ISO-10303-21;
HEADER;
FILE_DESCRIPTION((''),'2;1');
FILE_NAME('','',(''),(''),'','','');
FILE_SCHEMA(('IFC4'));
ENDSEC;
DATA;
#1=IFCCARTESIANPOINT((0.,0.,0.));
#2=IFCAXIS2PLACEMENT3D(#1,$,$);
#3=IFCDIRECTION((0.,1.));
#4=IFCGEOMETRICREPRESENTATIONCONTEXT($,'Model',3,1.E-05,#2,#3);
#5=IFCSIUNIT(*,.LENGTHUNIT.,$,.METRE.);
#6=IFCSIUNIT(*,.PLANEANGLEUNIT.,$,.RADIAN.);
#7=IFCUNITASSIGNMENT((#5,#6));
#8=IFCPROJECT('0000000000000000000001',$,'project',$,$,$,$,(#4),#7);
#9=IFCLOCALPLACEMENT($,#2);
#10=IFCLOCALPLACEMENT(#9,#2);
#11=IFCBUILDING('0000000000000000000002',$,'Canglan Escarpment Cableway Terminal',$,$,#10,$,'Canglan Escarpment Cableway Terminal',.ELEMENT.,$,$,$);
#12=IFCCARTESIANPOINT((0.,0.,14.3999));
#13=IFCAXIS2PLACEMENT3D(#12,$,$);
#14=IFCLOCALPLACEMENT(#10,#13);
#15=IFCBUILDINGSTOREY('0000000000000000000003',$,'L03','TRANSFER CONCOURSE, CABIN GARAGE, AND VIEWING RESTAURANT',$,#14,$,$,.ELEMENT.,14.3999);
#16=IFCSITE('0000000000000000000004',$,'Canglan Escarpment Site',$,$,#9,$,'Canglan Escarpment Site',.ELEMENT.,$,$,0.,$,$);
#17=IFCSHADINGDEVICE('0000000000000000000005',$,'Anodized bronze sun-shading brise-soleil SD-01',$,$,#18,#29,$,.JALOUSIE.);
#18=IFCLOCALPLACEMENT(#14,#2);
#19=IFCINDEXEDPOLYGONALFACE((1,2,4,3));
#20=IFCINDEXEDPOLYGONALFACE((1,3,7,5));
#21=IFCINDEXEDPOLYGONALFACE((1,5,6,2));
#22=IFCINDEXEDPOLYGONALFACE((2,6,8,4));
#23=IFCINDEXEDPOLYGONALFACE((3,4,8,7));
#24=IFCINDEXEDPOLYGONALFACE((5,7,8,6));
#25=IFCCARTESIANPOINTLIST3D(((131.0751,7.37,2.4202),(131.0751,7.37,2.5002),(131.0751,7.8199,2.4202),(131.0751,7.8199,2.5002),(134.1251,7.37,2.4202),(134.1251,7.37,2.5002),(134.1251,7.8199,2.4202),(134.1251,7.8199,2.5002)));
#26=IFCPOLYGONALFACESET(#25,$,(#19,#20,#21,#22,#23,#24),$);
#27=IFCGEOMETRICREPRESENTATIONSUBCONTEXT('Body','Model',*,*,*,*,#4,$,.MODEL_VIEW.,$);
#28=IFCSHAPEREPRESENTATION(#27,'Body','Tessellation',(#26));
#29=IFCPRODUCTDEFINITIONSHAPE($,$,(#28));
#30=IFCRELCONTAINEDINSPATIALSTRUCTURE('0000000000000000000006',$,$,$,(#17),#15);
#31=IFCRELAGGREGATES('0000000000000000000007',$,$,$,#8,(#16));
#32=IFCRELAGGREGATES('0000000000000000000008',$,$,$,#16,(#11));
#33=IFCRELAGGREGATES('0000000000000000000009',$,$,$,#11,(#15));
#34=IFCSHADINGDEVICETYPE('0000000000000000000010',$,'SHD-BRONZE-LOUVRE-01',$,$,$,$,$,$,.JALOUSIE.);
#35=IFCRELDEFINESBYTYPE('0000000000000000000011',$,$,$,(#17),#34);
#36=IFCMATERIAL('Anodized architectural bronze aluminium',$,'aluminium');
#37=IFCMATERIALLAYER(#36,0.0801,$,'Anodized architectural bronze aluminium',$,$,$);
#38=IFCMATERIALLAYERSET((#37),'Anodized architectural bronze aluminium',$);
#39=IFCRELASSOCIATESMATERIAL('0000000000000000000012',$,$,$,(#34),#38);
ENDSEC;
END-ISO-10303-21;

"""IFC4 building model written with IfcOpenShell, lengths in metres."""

from ifc_helpers import new_model, si_unit, direction, frame, origin, origin_2d, place, context, subcontext, project, spatial, rectangle, extrude, material, layer, layer_set, type_object, element, save


model = new_model("IFC4")

# Units and contexts
model_context = context("Model", 3, precision=1e-05, world=origin(), true_north=direction((0.0, 1.0)))
body_context = subcontext(model_context, "Body", "Model", "MODEL_VIEW")
ifc_project = project(units=[si_unit("LENGTHUNIT", "METRE"), si_unit("PLANEANGLEUNIT", "RADIAN")], contexts=[model_context])

# Site, building, storey
site_placement = place(None, origin())
site = spatial("IfcSite", under=ifc_project, at=site_placement, Name="Canglan Escarpment Site", LongName="Canglan Escarpment Site", CompositionType="ELEMENT", RefElevation=0.0)
building_placement = place(site_placement, origin())
building = spatial("IfcBuilding", under=site, at=building_placement, Name="Canglan Escarpment Cableway Terminal", LongName="Canglan Escarpment Cableway Terminal", CompositionType="ELEMENT")
storey_placement = place(building_placement, frame((0.0, 0.0, 14.3999)))
storey = spatial("IfcBuildingStorey", under=building, at=storey_placement, Name="L03", Description="TRANSFER CONCOURSE, CABIN GARAGE, AND VIEWING RESTAURANT", CompositionType="ELEMENT", Elevation=14.3999)

# Shading device
ifc_material_1 = material(Name="Anodized architectural bronze aluminium", Category="aluminium")
ifc_layer_1 = layer(ifc_material_1, 0.0801, Name="Anodized architectural bronze aluminium")
ifc_layer_set_1 = layer_set([ifc_layer_1], Name="Anodized architectural bronze aluminium")
shading_device_type = type_object("IfcShadingDeviceType", Name="SHD-BRONZE-LOUVRE-01", PredefinedType="JALOUSIE", material=ifc_layer_set_1)
shading_device_placement = place(storey_placement, frame((132.6001, 7.595, 2.4202), z_axis=(0.0, 0.0, 1.0), x_axis=(1.0, 0.0, 0.0)))
element("IfcShadingDevice", 1, at=shading_device_placement, inside=storey, type_object=shading_device_type, Name="Anodized bronze sun-shading brise-soleil SD-01", PredefinedType="JALOUSIE", context=body_context, shape_type="SweptSolid", body=[
    extrude(rectangle(XDim=3.05, YDim=0.45, at=origin_2d()), origin(), (0.0, 0.0, 1.0), 0.0801),
])

save(model, "model.ifc")
